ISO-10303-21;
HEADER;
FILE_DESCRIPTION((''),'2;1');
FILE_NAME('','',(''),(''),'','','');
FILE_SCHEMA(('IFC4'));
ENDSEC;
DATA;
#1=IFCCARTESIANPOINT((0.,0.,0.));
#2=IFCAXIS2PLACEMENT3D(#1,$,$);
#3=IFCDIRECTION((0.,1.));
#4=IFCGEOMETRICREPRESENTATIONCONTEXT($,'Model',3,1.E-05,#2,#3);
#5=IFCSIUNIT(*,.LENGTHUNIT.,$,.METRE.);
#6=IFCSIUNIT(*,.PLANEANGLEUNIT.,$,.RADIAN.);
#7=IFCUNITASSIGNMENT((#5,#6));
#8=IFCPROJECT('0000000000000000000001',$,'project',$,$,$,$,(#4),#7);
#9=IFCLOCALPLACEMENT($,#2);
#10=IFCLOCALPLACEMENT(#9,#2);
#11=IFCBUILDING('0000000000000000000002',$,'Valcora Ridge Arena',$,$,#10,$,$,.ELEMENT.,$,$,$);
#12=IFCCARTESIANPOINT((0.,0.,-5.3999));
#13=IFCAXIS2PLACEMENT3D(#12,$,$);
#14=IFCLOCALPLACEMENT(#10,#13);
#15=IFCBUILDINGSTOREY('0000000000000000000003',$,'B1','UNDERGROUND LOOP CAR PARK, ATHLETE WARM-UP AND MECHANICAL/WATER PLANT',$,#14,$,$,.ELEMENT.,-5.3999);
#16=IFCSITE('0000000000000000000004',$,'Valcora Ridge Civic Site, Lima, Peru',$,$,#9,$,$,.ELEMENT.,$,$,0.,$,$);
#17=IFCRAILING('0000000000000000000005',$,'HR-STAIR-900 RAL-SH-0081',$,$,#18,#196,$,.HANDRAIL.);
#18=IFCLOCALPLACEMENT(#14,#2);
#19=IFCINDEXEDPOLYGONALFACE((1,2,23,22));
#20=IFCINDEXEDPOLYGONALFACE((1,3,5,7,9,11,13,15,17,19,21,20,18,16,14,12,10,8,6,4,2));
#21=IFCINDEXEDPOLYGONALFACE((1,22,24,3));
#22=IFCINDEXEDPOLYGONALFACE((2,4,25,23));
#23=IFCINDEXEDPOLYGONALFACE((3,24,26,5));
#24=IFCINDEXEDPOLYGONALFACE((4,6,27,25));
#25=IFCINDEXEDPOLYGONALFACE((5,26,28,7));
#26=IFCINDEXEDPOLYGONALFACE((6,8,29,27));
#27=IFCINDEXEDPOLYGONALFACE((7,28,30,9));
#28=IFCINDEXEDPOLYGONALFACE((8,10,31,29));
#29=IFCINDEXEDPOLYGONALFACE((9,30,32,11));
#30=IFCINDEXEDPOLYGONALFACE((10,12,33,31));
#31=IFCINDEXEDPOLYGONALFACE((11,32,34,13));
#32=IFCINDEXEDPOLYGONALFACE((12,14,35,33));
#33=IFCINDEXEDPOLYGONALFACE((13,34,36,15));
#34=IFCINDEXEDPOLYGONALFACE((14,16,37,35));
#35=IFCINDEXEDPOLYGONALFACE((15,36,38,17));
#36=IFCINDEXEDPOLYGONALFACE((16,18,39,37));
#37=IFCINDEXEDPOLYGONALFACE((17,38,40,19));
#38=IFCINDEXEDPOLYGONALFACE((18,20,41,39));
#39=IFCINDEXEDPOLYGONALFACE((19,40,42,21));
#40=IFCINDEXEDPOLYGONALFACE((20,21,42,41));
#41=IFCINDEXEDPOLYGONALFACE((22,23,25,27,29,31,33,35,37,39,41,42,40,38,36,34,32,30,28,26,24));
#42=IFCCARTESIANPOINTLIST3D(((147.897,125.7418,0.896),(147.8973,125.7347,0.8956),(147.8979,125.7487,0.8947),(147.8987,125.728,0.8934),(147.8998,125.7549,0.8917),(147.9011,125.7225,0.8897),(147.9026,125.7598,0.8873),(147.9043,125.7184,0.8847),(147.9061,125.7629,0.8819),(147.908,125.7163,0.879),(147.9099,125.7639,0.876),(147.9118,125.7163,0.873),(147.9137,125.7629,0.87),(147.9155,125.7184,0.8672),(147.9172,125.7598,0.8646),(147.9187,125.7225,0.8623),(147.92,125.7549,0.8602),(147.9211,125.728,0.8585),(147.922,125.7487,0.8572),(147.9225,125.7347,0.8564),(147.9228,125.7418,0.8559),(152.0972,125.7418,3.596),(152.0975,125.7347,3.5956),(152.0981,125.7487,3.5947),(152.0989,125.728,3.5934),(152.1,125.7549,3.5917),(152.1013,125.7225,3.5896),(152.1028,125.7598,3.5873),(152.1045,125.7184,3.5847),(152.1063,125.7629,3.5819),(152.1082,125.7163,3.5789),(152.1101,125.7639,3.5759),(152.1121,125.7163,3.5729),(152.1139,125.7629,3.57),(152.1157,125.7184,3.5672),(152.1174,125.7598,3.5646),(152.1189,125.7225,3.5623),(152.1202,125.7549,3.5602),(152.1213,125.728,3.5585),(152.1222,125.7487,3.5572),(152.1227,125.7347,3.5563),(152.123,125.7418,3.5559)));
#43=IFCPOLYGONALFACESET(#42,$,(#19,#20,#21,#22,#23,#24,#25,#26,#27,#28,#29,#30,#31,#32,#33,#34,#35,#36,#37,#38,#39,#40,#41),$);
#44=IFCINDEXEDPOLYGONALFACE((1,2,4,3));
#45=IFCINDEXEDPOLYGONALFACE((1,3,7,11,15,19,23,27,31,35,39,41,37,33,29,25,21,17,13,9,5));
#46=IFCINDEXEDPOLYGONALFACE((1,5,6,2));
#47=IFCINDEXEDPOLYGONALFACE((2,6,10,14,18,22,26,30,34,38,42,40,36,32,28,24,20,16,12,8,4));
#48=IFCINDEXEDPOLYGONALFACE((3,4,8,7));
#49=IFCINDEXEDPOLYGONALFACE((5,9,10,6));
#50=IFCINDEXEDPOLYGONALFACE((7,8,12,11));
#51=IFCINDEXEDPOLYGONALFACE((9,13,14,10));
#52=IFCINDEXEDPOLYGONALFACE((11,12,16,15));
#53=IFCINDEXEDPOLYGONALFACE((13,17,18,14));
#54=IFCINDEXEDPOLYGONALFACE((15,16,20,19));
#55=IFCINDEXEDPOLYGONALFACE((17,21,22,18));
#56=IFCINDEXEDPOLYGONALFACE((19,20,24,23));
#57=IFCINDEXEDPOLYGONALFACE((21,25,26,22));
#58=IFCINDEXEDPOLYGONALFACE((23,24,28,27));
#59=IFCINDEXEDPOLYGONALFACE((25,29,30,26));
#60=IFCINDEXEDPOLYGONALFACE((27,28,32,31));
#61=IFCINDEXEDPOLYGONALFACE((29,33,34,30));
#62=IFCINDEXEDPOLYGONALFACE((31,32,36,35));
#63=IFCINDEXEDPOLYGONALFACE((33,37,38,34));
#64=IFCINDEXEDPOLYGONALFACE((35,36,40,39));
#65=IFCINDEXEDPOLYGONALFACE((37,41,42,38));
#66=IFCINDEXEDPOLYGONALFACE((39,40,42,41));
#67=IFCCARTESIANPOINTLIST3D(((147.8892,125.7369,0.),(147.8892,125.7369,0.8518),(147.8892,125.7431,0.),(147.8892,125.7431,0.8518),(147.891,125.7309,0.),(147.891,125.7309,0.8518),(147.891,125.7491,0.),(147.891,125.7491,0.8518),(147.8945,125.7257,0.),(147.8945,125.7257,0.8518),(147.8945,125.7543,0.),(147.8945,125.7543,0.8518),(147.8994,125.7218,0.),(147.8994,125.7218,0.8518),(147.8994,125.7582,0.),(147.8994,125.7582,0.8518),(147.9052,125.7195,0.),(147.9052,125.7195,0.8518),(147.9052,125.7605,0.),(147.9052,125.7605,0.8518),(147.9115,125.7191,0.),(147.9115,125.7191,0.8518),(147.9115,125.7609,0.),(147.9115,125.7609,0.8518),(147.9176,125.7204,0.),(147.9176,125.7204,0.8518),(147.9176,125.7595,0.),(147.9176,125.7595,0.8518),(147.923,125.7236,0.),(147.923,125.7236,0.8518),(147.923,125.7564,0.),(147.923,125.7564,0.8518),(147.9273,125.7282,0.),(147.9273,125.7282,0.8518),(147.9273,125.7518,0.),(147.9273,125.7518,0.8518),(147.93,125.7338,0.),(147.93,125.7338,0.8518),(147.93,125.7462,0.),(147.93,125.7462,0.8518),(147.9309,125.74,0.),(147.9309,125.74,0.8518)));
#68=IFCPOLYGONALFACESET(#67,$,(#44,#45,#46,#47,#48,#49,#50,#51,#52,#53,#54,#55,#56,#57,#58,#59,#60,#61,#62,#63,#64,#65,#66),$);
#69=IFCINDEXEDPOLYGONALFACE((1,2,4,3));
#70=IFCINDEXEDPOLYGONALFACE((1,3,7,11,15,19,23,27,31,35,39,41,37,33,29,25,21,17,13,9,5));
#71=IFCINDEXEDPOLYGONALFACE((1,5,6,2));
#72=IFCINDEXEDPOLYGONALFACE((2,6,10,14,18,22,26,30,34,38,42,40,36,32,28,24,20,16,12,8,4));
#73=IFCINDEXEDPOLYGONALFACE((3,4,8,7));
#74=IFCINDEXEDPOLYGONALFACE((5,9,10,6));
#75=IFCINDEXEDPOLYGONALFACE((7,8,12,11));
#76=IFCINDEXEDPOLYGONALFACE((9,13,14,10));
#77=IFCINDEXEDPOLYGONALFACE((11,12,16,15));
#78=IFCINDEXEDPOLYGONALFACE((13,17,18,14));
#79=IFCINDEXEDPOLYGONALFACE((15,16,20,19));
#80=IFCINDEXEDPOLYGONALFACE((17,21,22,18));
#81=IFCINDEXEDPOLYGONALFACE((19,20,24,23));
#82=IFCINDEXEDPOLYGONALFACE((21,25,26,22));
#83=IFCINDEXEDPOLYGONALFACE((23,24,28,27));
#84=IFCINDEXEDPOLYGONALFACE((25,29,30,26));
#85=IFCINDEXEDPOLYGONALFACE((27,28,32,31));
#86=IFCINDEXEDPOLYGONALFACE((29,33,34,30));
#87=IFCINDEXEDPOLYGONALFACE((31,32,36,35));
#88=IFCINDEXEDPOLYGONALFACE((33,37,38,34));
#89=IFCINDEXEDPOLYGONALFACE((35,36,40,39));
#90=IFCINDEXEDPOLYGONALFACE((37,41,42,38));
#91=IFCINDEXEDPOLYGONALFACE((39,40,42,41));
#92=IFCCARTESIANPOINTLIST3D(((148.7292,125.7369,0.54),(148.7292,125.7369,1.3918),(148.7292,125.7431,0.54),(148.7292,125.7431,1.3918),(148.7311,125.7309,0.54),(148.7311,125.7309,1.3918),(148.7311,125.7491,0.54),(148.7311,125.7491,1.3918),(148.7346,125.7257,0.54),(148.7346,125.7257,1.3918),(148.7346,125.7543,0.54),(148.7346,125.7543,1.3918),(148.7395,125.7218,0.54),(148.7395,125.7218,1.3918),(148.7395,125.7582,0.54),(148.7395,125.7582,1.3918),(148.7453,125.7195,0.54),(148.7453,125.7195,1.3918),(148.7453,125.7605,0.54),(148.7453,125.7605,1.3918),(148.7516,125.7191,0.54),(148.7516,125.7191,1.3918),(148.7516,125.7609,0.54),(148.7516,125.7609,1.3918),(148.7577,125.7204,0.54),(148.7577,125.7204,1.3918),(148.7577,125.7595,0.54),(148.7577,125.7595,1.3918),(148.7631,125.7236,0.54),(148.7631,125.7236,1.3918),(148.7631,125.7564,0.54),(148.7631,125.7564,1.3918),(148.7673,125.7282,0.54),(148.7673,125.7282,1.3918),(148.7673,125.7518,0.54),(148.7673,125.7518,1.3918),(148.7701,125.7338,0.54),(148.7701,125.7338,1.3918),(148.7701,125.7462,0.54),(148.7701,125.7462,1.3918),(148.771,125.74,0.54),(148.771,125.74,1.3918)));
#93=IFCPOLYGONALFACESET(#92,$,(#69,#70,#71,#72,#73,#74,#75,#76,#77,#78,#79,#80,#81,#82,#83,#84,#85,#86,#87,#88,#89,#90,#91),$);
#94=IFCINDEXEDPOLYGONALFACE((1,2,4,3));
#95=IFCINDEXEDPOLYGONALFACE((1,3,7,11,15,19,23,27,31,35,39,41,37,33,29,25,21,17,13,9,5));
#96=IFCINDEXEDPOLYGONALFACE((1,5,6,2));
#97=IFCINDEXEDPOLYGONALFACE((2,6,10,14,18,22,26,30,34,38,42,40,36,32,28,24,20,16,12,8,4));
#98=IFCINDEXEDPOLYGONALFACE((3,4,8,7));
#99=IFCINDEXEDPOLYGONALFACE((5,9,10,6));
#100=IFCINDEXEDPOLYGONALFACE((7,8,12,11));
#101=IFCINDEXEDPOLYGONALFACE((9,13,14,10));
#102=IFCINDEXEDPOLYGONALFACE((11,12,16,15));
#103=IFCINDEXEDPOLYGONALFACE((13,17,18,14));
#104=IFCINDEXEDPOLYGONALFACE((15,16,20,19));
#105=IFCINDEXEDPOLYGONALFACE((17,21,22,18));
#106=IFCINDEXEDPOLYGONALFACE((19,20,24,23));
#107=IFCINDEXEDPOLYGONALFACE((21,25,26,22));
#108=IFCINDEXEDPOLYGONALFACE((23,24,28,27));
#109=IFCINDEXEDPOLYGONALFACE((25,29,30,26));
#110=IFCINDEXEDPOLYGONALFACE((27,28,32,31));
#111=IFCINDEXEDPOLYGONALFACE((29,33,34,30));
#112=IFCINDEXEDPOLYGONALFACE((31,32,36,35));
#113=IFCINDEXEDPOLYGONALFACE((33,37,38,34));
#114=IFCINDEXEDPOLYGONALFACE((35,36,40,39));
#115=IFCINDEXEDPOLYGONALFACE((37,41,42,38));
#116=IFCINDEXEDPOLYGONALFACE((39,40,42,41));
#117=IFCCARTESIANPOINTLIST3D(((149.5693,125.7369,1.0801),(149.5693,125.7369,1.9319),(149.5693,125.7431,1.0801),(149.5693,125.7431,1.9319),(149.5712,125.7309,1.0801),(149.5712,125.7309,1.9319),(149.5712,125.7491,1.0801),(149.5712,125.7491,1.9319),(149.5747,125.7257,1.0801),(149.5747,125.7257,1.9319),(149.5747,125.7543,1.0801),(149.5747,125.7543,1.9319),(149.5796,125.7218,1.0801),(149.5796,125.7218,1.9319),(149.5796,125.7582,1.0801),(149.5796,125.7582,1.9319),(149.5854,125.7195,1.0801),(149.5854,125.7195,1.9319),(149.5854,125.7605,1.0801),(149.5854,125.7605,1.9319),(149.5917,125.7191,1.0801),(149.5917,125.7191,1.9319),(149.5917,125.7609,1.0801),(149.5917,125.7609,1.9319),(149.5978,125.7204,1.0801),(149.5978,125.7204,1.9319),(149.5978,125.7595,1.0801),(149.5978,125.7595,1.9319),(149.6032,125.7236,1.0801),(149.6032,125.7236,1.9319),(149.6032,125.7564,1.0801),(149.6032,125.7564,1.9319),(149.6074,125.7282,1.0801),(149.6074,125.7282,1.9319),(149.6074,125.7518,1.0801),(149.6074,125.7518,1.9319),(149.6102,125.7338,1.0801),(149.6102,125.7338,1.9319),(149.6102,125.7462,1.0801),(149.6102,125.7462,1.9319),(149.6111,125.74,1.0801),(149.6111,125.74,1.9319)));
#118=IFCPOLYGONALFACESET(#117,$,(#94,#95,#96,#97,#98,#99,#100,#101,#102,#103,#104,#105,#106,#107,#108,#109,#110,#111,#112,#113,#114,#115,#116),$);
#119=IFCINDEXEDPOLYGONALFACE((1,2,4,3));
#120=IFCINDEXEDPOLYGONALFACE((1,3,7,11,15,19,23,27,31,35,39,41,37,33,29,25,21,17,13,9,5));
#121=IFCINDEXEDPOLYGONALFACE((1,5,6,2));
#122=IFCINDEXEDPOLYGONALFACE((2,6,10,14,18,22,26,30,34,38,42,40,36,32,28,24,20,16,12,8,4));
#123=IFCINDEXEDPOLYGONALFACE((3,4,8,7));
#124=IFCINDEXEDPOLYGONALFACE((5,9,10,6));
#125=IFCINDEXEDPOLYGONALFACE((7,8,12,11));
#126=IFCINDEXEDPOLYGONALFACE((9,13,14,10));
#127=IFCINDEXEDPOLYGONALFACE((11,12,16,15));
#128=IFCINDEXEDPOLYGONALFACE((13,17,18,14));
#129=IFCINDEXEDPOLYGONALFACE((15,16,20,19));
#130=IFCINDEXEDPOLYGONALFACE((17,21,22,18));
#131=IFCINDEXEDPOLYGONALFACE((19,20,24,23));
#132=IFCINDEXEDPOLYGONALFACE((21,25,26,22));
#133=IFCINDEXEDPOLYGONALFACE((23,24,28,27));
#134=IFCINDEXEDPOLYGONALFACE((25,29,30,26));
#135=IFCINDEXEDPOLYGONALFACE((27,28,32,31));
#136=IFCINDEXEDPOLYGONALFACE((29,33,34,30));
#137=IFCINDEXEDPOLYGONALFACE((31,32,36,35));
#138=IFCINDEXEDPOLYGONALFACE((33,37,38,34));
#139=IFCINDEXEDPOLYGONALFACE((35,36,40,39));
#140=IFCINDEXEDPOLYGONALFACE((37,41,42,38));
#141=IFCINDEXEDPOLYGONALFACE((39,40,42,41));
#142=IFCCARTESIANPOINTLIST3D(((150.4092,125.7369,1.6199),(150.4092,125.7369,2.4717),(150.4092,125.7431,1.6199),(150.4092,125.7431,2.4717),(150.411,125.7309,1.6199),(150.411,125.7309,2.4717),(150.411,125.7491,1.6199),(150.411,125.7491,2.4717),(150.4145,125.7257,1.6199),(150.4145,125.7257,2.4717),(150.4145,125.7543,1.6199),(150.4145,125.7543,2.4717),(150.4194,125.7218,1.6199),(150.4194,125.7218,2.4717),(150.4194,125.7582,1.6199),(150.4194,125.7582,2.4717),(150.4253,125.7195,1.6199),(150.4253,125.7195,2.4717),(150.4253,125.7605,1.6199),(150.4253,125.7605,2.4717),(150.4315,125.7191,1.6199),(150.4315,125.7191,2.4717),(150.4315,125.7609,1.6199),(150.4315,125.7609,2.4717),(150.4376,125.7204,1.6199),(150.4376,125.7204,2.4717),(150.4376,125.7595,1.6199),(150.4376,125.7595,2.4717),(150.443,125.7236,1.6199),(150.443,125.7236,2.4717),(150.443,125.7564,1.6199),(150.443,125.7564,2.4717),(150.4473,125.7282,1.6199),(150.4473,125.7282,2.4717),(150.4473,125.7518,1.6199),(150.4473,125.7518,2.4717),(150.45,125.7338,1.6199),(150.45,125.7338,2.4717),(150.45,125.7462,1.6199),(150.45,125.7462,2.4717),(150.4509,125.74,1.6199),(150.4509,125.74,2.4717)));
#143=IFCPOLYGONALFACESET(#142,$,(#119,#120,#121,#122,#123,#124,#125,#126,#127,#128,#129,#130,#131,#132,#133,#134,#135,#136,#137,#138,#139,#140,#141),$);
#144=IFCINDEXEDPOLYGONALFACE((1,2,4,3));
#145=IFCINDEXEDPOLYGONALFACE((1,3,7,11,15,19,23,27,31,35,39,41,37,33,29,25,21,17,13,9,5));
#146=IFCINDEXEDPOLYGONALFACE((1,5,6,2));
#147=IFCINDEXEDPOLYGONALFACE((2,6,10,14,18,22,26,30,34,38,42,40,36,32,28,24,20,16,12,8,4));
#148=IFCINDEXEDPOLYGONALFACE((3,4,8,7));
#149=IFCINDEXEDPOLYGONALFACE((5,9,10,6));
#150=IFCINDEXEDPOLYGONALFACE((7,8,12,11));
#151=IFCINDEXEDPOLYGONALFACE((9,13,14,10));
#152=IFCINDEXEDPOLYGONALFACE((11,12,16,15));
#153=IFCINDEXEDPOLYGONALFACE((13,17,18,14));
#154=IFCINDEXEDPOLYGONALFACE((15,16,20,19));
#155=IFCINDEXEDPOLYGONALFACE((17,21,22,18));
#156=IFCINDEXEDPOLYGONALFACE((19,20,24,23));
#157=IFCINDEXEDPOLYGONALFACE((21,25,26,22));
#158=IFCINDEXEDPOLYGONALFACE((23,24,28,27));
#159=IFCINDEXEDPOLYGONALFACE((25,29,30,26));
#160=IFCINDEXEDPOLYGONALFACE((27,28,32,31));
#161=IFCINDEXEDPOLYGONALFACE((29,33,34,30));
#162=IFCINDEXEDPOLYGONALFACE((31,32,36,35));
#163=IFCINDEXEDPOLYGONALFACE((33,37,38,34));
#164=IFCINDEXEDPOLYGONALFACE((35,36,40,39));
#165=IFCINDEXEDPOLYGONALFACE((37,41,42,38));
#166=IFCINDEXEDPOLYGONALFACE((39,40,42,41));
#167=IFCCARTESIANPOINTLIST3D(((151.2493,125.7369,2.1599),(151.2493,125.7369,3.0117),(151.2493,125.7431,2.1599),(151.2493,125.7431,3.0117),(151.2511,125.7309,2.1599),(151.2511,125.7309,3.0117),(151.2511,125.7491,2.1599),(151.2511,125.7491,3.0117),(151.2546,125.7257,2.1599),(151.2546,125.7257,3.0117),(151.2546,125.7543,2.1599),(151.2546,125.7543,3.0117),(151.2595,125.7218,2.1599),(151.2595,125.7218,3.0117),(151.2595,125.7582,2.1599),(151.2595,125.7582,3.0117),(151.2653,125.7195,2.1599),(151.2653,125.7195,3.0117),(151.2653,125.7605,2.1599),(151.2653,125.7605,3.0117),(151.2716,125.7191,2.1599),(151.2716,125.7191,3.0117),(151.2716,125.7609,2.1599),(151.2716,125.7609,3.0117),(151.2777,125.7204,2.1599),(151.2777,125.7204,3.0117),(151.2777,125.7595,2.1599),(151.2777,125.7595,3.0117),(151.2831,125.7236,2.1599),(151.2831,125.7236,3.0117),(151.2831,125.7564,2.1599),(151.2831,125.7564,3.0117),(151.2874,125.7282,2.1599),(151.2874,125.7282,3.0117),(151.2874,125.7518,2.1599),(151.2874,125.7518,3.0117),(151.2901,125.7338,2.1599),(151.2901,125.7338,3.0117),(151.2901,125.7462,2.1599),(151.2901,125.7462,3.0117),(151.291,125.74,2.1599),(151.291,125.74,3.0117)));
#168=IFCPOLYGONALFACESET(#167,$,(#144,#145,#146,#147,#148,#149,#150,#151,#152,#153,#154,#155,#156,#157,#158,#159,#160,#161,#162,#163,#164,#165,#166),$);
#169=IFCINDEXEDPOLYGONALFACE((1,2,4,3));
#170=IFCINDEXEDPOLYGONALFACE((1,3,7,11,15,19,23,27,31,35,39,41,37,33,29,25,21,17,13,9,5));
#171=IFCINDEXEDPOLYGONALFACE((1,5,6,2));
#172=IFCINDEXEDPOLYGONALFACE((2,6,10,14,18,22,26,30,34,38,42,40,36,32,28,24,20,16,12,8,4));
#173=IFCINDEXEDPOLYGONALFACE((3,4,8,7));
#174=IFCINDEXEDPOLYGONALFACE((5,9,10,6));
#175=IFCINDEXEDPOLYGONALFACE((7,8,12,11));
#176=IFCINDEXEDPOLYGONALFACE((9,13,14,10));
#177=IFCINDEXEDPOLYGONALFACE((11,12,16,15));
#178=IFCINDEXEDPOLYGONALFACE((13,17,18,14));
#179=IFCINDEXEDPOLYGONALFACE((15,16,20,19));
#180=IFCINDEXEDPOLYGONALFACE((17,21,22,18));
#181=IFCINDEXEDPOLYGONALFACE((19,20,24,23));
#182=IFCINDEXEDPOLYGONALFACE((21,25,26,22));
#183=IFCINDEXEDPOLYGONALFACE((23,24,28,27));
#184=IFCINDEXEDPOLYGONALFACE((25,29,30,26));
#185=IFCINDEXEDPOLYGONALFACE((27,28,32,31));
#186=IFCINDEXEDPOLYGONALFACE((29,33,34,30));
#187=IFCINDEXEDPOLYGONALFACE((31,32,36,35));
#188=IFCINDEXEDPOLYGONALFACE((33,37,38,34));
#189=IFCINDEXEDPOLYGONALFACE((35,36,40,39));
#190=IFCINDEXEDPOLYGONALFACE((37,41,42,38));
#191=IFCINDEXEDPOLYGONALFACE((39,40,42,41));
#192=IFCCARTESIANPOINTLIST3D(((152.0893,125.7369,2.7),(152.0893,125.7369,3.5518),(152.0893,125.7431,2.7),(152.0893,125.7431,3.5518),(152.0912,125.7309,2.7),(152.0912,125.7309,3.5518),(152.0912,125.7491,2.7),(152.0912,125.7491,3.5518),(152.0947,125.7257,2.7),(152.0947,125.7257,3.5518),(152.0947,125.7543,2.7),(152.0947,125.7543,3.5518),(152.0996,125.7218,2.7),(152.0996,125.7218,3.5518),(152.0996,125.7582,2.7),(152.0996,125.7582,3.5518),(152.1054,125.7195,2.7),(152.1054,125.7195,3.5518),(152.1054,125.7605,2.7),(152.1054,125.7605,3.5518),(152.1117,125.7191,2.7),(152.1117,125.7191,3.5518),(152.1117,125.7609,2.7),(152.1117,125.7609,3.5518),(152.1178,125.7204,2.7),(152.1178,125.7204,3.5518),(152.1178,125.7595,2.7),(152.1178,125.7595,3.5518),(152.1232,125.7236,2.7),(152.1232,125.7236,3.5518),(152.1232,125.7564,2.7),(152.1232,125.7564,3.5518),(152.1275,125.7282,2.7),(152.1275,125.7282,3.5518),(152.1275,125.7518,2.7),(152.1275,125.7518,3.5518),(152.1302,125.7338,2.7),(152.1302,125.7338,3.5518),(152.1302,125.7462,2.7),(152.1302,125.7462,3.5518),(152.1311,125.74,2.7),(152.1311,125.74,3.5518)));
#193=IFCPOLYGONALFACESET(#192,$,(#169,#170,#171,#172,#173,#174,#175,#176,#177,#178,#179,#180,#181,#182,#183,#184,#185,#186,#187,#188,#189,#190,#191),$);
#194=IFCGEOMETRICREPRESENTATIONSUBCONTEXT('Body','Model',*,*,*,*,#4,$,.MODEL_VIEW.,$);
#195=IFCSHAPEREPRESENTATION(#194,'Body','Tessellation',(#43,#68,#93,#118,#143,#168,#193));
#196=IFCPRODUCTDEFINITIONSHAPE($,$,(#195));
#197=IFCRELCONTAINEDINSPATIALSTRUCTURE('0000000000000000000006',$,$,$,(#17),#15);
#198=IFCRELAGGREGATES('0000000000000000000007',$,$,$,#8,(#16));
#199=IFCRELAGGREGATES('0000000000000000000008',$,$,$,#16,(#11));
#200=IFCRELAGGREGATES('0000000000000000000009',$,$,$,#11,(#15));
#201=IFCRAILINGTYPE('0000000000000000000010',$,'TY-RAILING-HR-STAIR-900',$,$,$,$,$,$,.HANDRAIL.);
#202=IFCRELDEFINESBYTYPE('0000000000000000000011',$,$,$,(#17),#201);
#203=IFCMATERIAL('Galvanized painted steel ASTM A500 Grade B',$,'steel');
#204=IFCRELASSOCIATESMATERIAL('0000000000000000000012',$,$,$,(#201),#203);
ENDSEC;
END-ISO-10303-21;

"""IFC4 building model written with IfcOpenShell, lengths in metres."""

from ifc_helpers import new_model, si_unit, direction, frame, origin, origin_2d, place, context, subcontext, project, spatial, circle, extrude, material, type_object, element, save


model = new_model("IFC4")

# Units and contexts
model_context = context("Model", 3, precision=1e-05, world=origin(), true_north=direction((0.0, 1.0)))
body_context = subcontext(model_context, "Body", "Model", "MODEL_VIEW")
ifc_project = project(units=[si_unit("LENGTHUNIT", "METRE"), si_unit("PLANEANGLEUNIT", "RADIAN")], contexts=[model_context])

# Site, building, storey
site_placement = place(None, origin())
site = spatial("IfcSite", under=ifc_project, at=site_placement, Name="Valcora Ridge Civic Site, Lima, Peru", CompositionType="ELEMENT", RefElevation=0.0)
building_placement = place(site_placement, origin())
building = spatial("IfcBuilding", under=site, at=building_placement, Name="Valcora Ridge Arena", CompositionType="ELEMENT")
storey_placement = place(building_placement, frame((0.0, 0.0, -5.3999)))
storey = spatial("IfcBuildingStorey", under=building, at=storey_placement, Name="B1", Description="UNDERGROUND LOOP CAR PARK, ATHLETE WARM-UP AND MECHANICAL/WATER PLANT", CompositionType="ELEMENT", Elevation=-5.3999)

# Railing
ifc_material_1 = material(Name="Galvanized painted steel ASTM A500 Grade B", Category="steel")
railing_type = type_object("IfcRailingType", Name="TY-RAILING-HR-STAIR-900", PredefinedType="HANDRAIL", material=ifc_material_1)
railing_placement = place(storey_placement, frame((147.9099, 125.74, 0.0)))
element("IfcRailing", 1, at=railing_placement, inside=storey, type_object=railing_type, Name="HR-STAIR-900 RAL-SH-0081", PredefinedType="HANDRAIL", context=body_context, shape_type="SweptSolid", body=[
    extrude(circle(Radius=0.0239, at=origin_2d()), frame((0.0, 0.0, 0.876), z_axis=(0.841194, 0.0, 0.540733), x_axis=(0.0, 1.0, 0.0)), (0.0, 0.0, 1.0), 4.9932),
    extrude(circle(Radius=0.021, at=origin_2d()), origin(), (0.0, 0.0, 1.0), 0.8518),
    extrude(circle(Radius=0.021, at=origin_2d()), frame((0.8401, 0.0, 0.54)), (0.0, 0.0, 1.0), 0.8518),
    extrude(circle(Radius=0.021, at=origin_2d()), frame((1.6802, 0.0, 1.0801)), (0.0, 0.0, 1.0), 0.8518),
    extrude(circle(Radius=0.021, at=origin_2d()), frame((2.52, 0.0, 1.6199)), (0.0, 0.0, 1.0), 0.8518),
    extrude(circle(Radius=0.021, at=origin_2d()), frame((3.3601, 0.0, 2.1599)), (0.0, 0.0, 1.0), 0.8518),
    extrude(circle(Radius=0.021, at=origin_2d()), frame((4.2002, 0.0, 2.7)), (0.0, 0.0, 1.0), 0.8518),
])

save(model, "model.ifc")
